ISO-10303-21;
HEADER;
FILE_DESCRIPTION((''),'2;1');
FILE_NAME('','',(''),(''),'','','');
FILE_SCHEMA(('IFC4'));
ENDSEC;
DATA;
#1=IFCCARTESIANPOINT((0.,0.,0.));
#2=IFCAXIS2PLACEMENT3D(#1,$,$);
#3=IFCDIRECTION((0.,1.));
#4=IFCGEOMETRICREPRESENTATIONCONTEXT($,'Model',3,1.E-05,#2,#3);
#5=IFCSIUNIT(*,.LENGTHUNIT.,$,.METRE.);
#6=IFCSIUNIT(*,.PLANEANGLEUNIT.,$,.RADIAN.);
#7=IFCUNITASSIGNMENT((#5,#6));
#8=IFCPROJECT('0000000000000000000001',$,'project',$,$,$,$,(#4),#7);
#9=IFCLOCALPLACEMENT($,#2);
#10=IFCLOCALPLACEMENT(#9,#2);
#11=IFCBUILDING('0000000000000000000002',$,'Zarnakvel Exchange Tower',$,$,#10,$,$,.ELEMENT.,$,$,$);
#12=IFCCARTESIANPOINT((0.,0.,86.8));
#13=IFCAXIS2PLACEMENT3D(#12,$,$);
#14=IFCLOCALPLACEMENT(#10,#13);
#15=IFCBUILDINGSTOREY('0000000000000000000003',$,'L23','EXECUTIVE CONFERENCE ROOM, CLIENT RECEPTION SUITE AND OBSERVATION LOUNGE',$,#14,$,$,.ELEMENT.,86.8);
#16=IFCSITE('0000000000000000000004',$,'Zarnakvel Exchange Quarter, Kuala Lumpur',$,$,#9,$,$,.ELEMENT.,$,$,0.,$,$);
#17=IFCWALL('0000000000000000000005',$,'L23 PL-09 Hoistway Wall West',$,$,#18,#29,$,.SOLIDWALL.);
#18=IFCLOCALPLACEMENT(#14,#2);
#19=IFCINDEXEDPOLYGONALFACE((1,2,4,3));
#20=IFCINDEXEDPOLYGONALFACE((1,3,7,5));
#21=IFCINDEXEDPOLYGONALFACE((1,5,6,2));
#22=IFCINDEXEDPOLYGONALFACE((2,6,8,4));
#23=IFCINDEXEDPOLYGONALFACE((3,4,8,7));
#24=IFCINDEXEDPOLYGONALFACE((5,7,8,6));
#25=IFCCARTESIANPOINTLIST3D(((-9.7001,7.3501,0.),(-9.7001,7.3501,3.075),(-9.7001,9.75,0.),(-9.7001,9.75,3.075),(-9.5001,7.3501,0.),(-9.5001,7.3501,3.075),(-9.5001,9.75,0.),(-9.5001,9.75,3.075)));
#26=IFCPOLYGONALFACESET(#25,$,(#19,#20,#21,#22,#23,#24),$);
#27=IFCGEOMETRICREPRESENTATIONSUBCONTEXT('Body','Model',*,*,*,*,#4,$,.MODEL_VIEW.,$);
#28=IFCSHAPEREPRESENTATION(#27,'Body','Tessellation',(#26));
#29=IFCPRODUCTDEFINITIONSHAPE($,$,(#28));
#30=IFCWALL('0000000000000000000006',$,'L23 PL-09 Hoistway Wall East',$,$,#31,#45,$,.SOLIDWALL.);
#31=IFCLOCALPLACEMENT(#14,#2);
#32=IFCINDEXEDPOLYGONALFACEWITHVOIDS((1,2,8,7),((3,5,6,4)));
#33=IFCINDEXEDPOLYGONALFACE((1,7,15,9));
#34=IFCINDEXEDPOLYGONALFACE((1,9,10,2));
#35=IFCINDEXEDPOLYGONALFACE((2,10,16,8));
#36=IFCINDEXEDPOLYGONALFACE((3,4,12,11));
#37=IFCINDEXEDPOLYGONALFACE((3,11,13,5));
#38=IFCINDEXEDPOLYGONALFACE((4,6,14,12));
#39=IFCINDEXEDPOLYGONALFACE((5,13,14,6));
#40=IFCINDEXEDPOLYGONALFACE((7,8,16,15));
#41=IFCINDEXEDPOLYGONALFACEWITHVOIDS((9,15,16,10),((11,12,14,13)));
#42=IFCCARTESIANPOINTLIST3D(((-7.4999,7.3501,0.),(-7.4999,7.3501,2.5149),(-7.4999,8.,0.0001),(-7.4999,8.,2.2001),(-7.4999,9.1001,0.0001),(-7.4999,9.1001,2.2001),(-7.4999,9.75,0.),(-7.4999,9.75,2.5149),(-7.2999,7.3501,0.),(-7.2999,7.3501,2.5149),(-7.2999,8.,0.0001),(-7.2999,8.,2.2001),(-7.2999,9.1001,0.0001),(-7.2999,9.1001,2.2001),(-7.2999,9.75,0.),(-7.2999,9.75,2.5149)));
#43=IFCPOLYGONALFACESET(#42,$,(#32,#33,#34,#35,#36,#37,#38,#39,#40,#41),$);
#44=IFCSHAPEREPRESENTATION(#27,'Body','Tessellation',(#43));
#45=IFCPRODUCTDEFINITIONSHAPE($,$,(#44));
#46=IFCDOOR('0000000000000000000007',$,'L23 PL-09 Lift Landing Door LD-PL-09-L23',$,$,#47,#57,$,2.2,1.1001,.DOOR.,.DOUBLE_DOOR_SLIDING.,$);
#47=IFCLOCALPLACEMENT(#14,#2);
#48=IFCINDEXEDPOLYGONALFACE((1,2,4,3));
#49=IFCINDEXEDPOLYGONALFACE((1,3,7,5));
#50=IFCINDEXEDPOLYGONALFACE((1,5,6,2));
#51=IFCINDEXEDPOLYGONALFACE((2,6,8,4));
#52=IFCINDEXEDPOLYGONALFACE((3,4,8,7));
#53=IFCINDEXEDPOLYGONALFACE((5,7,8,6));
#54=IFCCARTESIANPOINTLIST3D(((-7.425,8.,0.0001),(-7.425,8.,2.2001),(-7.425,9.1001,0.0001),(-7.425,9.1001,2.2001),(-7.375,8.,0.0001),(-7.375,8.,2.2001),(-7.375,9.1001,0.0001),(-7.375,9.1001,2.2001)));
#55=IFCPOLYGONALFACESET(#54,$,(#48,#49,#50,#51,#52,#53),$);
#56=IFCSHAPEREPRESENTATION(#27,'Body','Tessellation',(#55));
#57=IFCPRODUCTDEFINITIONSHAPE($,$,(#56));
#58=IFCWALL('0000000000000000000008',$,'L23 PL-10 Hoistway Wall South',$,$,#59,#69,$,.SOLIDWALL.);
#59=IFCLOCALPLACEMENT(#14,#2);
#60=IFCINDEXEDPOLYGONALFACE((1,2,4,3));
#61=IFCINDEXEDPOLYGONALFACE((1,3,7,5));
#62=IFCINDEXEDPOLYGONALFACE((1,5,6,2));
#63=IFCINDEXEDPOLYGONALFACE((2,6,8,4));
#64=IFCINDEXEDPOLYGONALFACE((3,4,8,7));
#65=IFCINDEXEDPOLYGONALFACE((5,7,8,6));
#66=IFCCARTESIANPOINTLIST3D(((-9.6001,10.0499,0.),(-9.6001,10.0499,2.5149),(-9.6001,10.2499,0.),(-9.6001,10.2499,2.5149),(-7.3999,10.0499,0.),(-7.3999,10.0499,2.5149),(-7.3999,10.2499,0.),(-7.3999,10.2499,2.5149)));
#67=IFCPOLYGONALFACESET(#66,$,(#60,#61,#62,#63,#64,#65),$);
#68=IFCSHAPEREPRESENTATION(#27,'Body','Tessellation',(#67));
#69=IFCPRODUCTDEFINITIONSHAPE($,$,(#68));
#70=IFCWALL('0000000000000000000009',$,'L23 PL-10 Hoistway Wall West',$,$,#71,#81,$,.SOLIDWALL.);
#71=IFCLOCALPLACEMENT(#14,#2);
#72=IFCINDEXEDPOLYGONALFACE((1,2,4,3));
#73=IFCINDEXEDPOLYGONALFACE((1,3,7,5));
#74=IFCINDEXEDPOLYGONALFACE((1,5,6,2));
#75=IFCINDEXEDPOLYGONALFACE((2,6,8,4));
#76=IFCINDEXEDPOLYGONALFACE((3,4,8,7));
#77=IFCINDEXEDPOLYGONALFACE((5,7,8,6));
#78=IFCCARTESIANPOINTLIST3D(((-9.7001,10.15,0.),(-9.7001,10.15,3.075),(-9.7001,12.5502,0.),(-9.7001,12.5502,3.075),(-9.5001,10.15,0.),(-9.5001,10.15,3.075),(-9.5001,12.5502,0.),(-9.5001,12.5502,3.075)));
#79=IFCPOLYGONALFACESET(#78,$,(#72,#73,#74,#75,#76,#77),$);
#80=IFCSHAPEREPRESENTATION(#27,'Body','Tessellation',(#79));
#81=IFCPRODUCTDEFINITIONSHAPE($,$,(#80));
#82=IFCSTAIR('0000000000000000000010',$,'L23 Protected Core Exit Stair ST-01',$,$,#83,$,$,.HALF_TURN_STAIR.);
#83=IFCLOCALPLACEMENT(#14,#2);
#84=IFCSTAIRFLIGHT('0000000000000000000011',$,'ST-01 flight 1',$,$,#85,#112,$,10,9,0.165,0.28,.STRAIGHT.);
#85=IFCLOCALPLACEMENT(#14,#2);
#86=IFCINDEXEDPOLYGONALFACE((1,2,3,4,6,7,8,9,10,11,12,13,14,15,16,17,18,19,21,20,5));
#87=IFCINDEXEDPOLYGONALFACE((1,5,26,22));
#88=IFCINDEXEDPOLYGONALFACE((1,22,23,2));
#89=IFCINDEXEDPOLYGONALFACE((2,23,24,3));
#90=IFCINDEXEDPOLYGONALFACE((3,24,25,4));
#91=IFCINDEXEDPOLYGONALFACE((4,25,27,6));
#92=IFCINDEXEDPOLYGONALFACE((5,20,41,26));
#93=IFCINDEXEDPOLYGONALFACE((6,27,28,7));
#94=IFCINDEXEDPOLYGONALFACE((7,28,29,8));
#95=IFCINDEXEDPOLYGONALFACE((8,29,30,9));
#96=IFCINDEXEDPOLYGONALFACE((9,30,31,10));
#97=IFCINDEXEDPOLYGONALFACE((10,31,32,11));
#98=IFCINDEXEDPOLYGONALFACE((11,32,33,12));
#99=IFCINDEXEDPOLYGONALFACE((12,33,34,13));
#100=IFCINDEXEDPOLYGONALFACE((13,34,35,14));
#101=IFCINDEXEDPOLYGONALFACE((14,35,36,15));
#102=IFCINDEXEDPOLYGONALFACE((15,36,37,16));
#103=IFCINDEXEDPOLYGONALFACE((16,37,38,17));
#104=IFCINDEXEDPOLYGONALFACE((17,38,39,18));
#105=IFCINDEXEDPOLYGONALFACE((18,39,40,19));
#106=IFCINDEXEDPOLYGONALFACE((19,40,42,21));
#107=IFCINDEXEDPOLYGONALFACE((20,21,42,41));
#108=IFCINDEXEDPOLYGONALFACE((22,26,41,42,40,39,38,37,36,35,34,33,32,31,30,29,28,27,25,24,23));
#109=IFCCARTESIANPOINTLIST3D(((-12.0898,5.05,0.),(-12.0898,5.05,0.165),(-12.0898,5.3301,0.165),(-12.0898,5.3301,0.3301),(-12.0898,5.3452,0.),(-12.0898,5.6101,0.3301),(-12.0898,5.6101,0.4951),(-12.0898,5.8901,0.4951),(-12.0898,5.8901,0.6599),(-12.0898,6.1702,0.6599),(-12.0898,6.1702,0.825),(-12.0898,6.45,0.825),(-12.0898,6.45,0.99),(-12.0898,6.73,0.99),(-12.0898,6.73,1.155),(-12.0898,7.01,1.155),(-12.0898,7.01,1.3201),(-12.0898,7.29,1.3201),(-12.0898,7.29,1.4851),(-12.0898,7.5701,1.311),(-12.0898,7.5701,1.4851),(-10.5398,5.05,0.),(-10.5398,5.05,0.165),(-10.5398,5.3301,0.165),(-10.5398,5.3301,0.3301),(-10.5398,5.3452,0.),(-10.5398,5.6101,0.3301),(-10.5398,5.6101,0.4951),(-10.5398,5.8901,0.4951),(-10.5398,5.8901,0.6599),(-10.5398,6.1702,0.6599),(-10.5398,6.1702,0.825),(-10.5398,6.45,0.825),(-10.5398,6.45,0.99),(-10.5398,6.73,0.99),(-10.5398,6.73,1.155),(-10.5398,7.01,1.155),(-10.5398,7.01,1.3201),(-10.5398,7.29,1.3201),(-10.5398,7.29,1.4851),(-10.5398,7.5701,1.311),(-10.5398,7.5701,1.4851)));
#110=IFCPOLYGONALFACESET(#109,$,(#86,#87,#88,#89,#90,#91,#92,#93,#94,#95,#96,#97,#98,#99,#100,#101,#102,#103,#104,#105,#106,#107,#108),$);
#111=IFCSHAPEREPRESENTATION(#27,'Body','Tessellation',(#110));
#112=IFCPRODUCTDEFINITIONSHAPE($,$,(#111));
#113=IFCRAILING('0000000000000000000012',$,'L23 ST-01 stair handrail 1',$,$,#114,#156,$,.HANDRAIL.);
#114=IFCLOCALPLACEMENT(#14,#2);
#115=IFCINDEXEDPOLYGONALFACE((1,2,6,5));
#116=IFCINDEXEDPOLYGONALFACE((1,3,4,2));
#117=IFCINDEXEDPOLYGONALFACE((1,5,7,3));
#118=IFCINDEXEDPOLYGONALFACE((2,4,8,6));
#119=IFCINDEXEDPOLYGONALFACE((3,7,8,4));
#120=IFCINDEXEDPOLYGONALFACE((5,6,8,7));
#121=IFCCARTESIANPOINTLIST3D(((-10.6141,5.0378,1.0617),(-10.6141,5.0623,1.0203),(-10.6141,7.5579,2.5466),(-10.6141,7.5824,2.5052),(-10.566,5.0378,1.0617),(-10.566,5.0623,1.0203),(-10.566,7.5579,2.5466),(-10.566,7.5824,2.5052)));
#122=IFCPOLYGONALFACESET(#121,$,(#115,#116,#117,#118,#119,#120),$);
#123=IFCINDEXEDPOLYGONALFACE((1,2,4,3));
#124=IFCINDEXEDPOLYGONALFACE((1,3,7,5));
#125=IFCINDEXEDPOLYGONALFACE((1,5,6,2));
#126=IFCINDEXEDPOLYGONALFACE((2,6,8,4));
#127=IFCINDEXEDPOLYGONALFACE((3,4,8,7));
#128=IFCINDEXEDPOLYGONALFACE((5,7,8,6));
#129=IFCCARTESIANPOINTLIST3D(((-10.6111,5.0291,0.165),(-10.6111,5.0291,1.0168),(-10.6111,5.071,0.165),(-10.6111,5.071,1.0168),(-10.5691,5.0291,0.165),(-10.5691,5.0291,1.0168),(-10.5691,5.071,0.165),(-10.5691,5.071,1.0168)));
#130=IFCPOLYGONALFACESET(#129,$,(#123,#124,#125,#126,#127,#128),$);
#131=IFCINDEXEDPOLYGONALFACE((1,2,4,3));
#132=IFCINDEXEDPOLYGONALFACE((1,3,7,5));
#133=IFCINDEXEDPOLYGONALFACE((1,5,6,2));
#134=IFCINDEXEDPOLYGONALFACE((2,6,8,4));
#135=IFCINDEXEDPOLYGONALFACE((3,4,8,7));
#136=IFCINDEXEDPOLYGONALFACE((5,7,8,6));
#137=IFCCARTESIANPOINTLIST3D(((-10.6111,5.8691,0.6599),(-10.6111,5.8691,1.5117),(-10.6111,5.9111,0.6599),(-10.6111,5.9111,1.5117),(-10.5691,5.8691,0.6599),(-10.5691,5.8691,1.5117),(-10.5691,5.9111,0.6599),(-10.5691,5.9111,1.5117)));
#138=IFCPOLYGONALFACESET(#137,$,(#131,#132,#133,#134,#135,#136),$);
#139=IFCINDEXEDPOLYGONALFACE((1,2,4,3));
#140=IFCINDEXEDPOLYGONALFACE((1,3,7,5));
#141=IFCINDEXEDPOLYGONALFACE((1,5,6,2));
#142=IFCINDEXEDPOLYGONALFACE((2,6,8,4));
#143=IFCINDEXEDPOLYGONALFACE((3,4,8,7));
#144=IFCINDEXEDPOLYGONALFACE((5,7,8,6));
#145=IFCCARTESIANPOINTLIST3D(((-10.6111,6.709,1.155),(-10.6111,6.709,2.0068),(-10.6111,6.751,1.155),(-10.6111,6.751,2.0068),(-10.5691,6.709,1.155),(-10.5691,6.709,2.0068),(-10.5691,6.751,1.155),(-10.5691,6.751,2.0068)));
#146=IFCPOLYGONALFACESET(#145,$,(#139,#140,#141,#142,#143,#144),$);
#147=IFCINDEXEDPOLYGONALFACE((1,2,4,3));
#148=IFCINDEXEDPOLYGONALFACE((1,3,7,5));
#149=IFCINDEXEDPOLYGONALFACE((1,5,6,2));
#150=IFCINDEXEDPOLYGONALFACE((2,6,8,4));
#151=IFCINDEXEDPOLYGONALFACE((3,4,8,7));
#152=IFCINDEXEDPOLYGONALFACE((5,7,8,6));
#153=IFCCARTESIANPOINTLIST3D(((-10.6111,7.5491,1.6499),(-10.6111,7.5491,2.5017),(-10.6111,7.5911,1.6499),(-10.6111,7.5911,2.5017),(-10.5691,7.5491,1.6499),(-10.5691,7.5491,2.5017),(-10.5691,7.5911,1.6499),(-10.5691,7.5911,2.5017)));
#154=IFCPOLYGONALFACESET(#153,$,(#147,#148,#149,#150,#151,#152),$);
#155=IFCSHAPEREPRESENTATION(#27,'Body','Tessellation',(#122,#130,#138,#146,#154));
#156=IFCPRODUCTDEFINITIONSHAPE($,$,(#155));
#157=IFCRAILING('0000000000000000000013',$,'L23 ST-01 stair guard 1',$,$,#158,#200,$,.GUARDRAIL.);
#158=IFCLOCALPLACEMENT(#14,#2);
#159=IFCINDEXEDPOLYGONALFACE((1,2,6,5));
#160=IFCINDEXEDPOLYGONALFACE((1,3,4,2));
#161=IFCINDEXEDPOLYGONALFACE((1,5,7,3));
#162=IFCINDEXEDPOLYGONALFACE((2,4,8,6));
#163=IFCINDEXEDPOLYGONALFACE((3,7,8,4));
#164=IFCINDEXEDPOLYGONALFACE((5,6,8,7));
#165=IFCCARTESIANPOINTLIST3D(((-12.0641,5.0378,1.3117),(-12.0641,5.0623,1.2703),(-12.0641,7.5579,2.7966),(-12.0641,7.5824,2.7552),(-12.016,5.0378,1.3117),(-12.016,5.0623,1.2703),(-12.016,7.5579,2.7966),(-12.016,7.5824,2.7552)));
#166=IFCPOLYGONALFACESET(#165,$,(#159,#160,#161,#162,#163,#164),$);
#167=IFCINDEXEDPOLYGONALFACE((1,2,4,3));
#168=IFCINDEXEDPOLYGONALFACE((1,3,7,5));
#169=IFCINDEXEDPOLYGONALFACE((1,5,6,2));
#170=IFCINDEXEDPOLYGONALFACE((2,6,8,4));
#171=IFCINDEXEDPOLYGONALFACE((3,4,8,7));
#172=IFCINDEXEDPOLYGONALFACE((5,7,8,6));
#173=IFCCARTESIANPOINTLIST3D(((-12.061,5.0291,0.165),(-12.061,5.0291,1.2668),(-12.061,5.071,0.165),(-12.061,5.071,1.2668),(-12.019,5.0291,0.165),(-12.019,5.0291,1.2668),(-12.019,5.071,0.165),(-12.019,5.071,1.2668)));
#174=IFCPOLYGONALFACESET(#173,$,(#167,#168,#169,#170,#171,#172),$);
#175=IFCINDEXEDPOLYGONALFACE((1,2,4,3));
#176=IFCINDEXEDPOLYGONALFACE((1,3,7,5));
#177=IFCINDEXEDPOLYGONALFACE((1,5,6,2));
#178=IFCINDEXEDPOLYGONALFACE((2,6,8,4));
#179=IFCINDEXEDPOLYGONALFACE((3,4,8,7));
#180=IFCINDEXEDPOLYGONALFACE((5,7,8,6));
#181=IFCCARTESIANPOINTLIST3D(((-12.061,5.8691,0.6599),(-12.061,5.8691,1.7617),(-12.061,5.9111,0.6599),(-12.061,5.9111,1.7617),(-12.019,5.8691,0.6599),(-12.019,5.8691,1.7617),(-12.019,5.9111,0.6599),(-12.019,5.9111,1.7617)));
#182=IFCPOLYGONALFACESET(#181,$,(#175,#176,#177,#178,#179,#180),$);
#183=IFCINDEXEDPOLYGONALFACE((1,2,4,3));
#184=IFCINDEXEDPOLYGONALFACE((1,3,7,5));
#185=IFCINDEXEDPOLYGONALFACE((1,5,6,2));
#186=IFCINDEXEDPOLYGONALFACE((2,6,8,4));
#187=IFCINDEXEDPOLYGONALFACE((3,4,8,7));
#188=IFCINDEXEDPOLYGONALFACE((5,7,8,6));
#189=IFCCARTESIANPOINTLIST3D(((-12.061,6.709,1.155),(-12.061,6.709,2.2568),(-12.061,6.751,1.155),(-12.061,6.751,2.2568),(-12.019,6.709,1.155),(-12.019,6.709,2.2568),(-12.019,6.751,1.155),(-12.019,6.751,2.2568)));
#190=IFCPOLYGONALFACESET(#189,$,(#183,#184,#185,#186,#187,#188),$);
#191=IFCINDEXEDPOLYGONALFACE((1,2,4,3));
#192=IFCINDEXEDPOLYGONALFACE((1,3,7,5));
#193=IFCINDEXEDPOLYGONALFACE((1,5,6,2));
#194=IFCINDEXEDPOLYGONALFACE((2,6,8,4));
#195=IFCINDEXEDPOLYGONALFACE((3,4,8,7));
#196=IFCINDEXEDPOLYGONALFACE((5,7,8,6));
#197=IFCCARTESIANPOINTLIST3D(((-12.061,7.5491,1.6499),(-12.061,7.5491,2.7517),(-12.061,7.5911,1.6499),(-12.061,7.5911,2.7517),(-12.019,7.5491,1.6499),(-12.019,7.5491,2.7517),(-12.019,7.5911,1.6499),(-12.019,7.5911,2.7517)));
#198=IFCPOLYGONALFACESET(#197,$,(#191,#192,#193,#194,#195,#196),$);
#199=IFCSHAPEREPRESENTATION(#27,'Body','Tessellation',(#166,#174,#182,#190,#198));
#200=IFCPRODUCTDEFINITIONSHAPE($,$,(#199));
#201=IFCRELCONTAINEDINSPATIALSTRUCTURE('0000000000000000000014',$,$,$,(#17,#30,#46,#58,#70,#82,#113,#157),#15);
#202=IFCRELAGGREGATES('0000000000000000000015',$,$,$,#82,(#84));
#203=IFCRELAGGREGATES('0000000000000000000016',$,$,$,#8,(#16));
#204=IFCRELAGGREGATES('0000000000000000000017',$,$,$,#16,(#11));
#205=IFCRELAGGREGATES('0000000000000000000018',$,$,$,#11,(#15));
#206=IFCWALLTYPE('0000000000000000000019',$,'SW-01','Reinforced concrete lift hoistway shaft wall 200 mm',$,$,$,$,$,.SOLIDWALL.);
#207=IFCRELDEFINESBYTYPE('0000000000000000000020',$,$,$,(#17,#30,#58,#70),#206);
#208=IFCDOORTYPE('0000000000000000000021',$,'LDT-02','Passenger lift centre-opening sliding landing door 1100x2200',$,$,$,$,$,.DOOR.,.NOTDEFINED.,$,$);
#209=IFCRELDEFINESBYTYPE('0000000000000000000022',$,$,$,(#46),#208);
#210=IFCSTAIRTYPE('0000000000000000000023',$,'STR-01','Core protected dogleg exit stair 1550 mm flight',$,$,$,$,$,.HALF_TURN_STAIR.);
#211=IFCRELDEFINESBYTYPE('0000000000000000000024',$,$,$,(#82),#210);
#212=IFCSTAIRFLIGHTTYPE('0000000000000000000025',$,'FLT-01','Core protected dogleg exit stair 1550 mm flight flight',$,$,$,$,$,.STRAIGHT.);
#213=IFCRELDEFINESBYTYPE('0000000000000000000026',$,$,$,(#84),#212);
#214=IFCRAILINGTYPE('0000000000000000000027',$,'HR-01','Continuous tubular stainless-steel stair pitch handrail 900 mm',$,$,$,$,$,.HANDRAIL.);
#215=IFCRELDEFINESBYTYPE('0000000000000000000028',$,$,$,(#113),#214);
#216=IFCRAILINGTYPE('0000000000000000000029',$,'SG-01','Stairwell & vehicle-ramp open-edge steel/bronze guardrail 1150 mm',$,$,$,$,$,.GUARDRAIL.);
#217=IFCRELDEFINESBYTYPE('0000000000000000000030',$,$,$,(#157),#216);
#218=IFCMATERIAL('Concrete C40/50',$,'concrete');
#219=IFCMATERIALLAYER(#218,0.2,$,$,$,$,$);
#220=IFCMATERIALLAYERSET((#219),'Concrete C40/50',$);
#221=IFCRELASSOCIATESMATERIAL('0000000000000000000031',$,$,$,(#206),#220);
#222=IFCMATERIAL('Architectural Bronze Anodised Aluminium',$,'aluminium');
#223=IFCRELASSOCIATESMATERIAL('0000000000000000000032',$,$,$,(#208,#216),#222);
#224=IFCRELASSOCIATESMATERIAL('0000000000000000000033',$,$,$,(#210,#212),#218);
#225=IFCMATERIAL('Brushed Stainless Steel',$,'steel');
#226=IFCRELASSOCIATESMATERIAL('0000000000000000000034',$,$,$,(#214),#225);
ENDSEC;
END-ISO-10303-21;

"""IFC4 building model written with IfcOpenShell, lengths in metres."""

from ifc_helpers import new_model, si_unit, direction, frame, frame_2d, origin, origin_2d, place, context, subcontext, project, spatial, polyline, rectangle, outline, extrude, source, transform, mapped, material, layer, layer_set, type_object, element, fill, aggregate, save


model = new_model("IFC4")

# Units and contexts
model_context = context("Model", 3, precision=1e-05, world=origin(), true_north=direction((0.0, 1.0)))
body_context = subcontext(model_context, "Body", "Model", "MODEL_VIEW")
ifc_project = project(units=[si_unit("LENGTHUNIT", "METRE"), si_unit("PLANEANGLEUNIT", "RADIAN")], contexts=[model_context])

# Site, building, storey
site_placement = place(None, origin())
site = spatial("IfcSite", under=ifc_project, at=site_placement, Name="Zarnakvel Exchange Quarter, Kuala Lumpur", CompositionType="ELEMENT", RefElevation=0.0)
building_placement = place(site_placement, origin())
building = spatial("IfcBuilding", under=site, at=building_placement, Name="Zarnakvel Exchange Tower", CompositionType="ELEMENT")
storey_placement = place(building_placement, frame((0.0, 0.0, 86.8)))
storey = spatial("IfcBuildingStorey", under=building, at=storey_placement, Name="L23", Description="EXECUTIVE CONFERENCE ROOM, CLIENT RECEPTION SUITE AND OBSERVATION LOUNGE", CompositionType="ELEMENT", Elevation=86.8)

# Shared definitions
ifc_material_1 = material(Name="Concrete C40/50", Category="concrete")
ifc_layer_1 = layer(ifc_material_1, 0.2)
ifc_layer_set_1 = layer_set([ifc_layer_1], Name="Concrete C40/50")
wall_type_1 = type_object("IfcWallType", Name="SW-01", Description="Reinforced concrete lift hoistway shaft wall 200 mm", PredefinedType="SOLIDWALL", material=ifc_layer_set_1)

# Shared definitions
ifc_material_2 = material(Name="Architectural Bronze Anodised Aluminium", Category="aluminium")
door_type_1 = type_object("IfcDoorType", Name="LDT-02", Description="Passenger lift centre-opening sliding landing door 1100x2200", OperationType="NOTDEFINED", PredefinedType="DOOR", material=ifc_material_2)
shared_shape_1 = source(origin(), body_context, "Body", "SweptSolid", [
    extrude(rectangle(XDim=1.1001, YDim=2.2, at=frame_2d((0.55, 1.1001))), frame((0.0, 0.0249, 0.0), z_axis=(0.0, -1.0, 0.0), x_axis=(1.0, 0.0, 0.0)), (0.0, 0.0, 1.0), 0.05),
])

# Wall
wall_1_placement = place(storey_placement, frame((-9.6001, 7.3501, 0.0), z_axis=(0.0, 0.0, 1.0), x_axis=(0.0, 1.0, 0.0)))
element("IfcWall", 1, at=wall_1_placement, inside=storey, type_object=wall_type_1, Name="L23 PL-09 Hoistway Wall West", PredefinedType="SOLIDWALL", context=body_context, shape_type="SweptSolid", body=[
    extrude(rectangle(XDim=2.3999, YDim=0.2, at=frame_2d((1.2, 0.0))), origin(), (0.0, 0.0, 1.0), 3.075),
])

# Wall, opening, door
wall_2_placement = place(storey_placement, frame((-7.3999, 9.75, 0.0), z_axis=(0.0, 0.0, 1.0), x_axis=(0.0, -1.0, 0.0)))
wall_2 = element("IfcWall", 2, at=wall_2_placement, inside=storey, type_object=wall_type_1, Name="L23 PL-09 Hoistway Wall East", PredefinedType="SOLIDWALL", context=body_context, shape_type="SweptSolid", body=[
    extrude(rectangle(XDim=2.3999, YDim=0.2, at=frame_2d((1.2, 0.0))), origin(), (0.0, 0.0, 1.0), 2.5149),
])
opening_1_placement = place(wall_2_placement, frame((0.6499, 0.0, 0.0)))
opening_1 = element("IfcOpeningElement", 3, at=opening_1_placement, cuts=wall_2, PredefinedType="OPENING", context=body_context, shape_type="SweptSolid", body=[
    extrude(rectangle(XDim=1.1001, YDim=2.2, at=frame_2d((0.55, 1.1001))), frame((0.0, 0.1099, 0.0), z_axis=(0.0, -1.0, 0.0), x_axis=(1.0, 0.0, 0.0)), (0.0, 0.0, 1.0), 0.22),
])
door_1_placement = place(opening_1_placement, origin())
door_1 = element("IfcDoor", 4, at=door_1_placement, inside=storey, type_object=door_type_1, Name="L23 PL-09 Lift Landing Door LD-PL-09-L23", OperationType="DOUBLE_DOOR_SLIDING", OverallHeight=2.2, OverallWidth=1.1001, PredefinedType="DOOR", context=body_context, shape_type="MappedRepresentation", body=[
    mapped(shared_shape_1, transform((0.0, 0.0, 0.0), x_axis=(1.0, 0.0, 0.0), y_axis=(0.0, 1.0, 0.0), z_axis=(0.0, 0.0, 1.0), scale=1.0)),
])
fill(opening_1, door_1)

# Walls
wall_3_placement = place(storey_placement, frame((-7.3999, 10.1499, 0.0), z_axis=(0.0, 0.0, 1.0), x_axis=(-1.0, 0.0, 0.0)))
element("IfcWall", 5, at=wall_3_placement, inside=storey, type_object=wall_type_1, Name="L23 PL-10 Hoistway Wall South", PredefinedType="SOLIDWALL", context=body_context, shape_type="SweptSolid", body=[
    extrude(rectangle(XDim=2.2002, YDim=0.2, at=frame_2d((1.1001, 0.0))), origin(), (0.0, 0.0, 1.0), 2.5149),
])
wall_4_placement = place(storey_placement, frame((-9.6001, 10.1499, 0.0), z_axis=(0.0, 0.0, 1.0), x_axis=(0.0, 1.0, 0.0)))
element("IfcWall", 6, at=wall_4_placement, inside=storey, type_object=wall_type_1, Name="L23 PL-10 Hoistway Wall West", PredefinedType="SOLIDWALL", context=body_context, shape_type="SweptSolid", body=[
    extrude(rectangle(XDim=2.4001, YDim=0.2, at=frame_2d((1.2002, 0.0))), origin(), (0.0, 0.0, 1.0), 3.075),
])

# Stair, stair flight
stair_type = type_object("IfcStairType", Name="STR-01", Description="Core protected dogleg exit stair 1550 mm flight", PredefinedType="HALF_TURN_STAIR", material=ifc_material_1)
stair_placement = place(storey_placement, origin())
stair = element("IfcStair", 7, at=stair_placement, inside=storey, type_object=stair_type, Name="L23 Protected Core Exit Stair ST-01", PredefinedType="HALF_TURN_STAIR")
stair_flight_type = type_object("IfcStairFlightType", Name="FLT-01", Description="Core protected dogleg exit stair 1550 mm flight flight", PredefinedType="STRAIGHT", material=ifc_material_1)
stair_flight_placement = place(storey_placement, frame((-11.3149, 5.05, 0.0), z_axis=(0.0, 0.0, 1.0), x_axis=(0.0, 1.0, 0.0)))
stair_flight = element("IfcStairFlight", 8, at=stair_flight_placement, type_object=stair_flight_type, Name="ST-01 flight 1", NumberOfRisers=10, NumberOfTreads=9, PredefinedType="STRAIGHT", RiserHeight=0.165, TreadLength=0.28, context=body_context, shape_type="SweptSolid", body=[
    extrude(outline(polyline([(0.0, 0.0), (0.0, 0.165), (0.28, 0.165), (0.28, 0.3301), (0.5601, 0.3301), (0.5601, 0.4951), (0.8401, 0.4951), (0.8401, 0.6599), (1.1201, 0.6599), (1.1201, 0.825), (1.3999, 0.825), (1.3999, 0.99), (1.6799, 0.99), (1.6799, 1.155), (1.96, 1.155), (1.96, 1.3201), (2.24, 1.3201), (2.24, 1.4851), (2.52, 1.4851), (2.52, 1.6499), (2.52, 1.311), (0.2952, 0.0), (0.0, 0.0)])), frame((0.0, 0.7749, 0.0), z_axis=(0.0, -1.0, 0.0), x_axis=(1.0, 0.0, 0.0)), (0.0, 0.0, 1.0), 1.55),
])
aggregate(stair, [stair_flight])

# Railings
ifc_material_3 = material(Name="Brushed Stainless Steel", Category="steel")
railing_type_1 = type_object("IfcRailingType", Name="HR-01", Description="Continuous tubular stainless-steel stair pitch handrail 900 mm", PredefinedType="HANDRAIL", material=ifc_material_3)
railing_1_placement = place(storey_placement, frame((-10.5901, 5.05, 0.165)))
element("IfcRailing", 9, at=railing_1_placement, inside=storey, type_object=railing_type_1, Name="L23 ST-01 stair handrail 1", PredefinedType="HANDRAIL", context=body_context, shape_type="SweptSolid", body=[
    extrude(rectangle(XDim=0.0481, YDim=0.0481, at=origin_2d()), frame((0.0, 0.0, 0.876), z_axis=(0.0, 0.861561, 0.507655), x_axis=(-1.0, 0.0, 0.0)), (0.0, 0.0, 1.0), 2.925),
    extrude(rectangle(XDim=0.042, YDim=0.042, at=origin_2d()), origin(), (0.0, 0.0, 1.0), 0.8518),
    extrude(rectangle(XDim=0.042, YDim=0.042, at=origin_2d()), frame((0.0, 0.8401, 0.4949)), (0.0, 0.0, 1.0), 0.8518),
    extrude(rectangle(XDim=0.042, YDim=0.042, at=origin_2d()), frame((0.0, 1.6799, 0.99)), (0.0, 0.0, 1.0), 0.8518),
    extrude(rectangle(XDim=0.042, YDim=0.042, at=origin_2d()), frame((0.0, 2.52, 1.4849)), (0.0, 0.0, 1.0), 0.8518),
])
railing_type_2 = type_object("IfcRailingType", Name="SG-01", Description="Stairwell & vehicle-ramp open-edge steel/bronze guardrail 1150 mm", PredefinedType="GUARDRAIL", material=ifc_material_2)
railing_2_placement = place(storey_placement, frame((-12.04, 5.05, 0.165)))
element("IfcRailing", 10, at=railing_2_placement, inside=storey, type_object=railing_type_2, Name="L23 ST-01 stair guard 1", PredefinedType="GUARDRAIL", context=body_context, shape_type="SweptSolid", body=[
    extrude(rectangle(XDim=0.0481, YDim=0.0481, at=origin_2d()), frame((0.0, 0.0, 1.126), z_axis=(0.0, 0.861561, 0.507655), x_axis=(-1.0, 0.0, 0.0)), (0.0, 0.0, 1.0), 2.925),
    extrude(rectangle(XDim=0.042, YDim=0.042, at=origin_2d()), origin(), (0.0, 0.0, 1.0), 1.1018),
    extrude(rectangle(XDim=0.042, YDim=0.042, at=origin_2d()), frame((0.0, 0.8401, 0.4949)), (0.0, 0.0, 1.0), 1.1018),
    extrude(rectangle(XDim=0.042, YDim=0.042, at=origin_2d()), frame((0.0, 1.6799, 0.99)), (0.0, 0.0, 1.0), 1.1018),
    extrude(rectangle(XDim=0.042, YDim=0.042, at=origin_2d()), frame((0.0, 2.52, 1.4849)), (0.0, 0.0, 1.0), 1.1018),
])

save(model, "model.ifc")
